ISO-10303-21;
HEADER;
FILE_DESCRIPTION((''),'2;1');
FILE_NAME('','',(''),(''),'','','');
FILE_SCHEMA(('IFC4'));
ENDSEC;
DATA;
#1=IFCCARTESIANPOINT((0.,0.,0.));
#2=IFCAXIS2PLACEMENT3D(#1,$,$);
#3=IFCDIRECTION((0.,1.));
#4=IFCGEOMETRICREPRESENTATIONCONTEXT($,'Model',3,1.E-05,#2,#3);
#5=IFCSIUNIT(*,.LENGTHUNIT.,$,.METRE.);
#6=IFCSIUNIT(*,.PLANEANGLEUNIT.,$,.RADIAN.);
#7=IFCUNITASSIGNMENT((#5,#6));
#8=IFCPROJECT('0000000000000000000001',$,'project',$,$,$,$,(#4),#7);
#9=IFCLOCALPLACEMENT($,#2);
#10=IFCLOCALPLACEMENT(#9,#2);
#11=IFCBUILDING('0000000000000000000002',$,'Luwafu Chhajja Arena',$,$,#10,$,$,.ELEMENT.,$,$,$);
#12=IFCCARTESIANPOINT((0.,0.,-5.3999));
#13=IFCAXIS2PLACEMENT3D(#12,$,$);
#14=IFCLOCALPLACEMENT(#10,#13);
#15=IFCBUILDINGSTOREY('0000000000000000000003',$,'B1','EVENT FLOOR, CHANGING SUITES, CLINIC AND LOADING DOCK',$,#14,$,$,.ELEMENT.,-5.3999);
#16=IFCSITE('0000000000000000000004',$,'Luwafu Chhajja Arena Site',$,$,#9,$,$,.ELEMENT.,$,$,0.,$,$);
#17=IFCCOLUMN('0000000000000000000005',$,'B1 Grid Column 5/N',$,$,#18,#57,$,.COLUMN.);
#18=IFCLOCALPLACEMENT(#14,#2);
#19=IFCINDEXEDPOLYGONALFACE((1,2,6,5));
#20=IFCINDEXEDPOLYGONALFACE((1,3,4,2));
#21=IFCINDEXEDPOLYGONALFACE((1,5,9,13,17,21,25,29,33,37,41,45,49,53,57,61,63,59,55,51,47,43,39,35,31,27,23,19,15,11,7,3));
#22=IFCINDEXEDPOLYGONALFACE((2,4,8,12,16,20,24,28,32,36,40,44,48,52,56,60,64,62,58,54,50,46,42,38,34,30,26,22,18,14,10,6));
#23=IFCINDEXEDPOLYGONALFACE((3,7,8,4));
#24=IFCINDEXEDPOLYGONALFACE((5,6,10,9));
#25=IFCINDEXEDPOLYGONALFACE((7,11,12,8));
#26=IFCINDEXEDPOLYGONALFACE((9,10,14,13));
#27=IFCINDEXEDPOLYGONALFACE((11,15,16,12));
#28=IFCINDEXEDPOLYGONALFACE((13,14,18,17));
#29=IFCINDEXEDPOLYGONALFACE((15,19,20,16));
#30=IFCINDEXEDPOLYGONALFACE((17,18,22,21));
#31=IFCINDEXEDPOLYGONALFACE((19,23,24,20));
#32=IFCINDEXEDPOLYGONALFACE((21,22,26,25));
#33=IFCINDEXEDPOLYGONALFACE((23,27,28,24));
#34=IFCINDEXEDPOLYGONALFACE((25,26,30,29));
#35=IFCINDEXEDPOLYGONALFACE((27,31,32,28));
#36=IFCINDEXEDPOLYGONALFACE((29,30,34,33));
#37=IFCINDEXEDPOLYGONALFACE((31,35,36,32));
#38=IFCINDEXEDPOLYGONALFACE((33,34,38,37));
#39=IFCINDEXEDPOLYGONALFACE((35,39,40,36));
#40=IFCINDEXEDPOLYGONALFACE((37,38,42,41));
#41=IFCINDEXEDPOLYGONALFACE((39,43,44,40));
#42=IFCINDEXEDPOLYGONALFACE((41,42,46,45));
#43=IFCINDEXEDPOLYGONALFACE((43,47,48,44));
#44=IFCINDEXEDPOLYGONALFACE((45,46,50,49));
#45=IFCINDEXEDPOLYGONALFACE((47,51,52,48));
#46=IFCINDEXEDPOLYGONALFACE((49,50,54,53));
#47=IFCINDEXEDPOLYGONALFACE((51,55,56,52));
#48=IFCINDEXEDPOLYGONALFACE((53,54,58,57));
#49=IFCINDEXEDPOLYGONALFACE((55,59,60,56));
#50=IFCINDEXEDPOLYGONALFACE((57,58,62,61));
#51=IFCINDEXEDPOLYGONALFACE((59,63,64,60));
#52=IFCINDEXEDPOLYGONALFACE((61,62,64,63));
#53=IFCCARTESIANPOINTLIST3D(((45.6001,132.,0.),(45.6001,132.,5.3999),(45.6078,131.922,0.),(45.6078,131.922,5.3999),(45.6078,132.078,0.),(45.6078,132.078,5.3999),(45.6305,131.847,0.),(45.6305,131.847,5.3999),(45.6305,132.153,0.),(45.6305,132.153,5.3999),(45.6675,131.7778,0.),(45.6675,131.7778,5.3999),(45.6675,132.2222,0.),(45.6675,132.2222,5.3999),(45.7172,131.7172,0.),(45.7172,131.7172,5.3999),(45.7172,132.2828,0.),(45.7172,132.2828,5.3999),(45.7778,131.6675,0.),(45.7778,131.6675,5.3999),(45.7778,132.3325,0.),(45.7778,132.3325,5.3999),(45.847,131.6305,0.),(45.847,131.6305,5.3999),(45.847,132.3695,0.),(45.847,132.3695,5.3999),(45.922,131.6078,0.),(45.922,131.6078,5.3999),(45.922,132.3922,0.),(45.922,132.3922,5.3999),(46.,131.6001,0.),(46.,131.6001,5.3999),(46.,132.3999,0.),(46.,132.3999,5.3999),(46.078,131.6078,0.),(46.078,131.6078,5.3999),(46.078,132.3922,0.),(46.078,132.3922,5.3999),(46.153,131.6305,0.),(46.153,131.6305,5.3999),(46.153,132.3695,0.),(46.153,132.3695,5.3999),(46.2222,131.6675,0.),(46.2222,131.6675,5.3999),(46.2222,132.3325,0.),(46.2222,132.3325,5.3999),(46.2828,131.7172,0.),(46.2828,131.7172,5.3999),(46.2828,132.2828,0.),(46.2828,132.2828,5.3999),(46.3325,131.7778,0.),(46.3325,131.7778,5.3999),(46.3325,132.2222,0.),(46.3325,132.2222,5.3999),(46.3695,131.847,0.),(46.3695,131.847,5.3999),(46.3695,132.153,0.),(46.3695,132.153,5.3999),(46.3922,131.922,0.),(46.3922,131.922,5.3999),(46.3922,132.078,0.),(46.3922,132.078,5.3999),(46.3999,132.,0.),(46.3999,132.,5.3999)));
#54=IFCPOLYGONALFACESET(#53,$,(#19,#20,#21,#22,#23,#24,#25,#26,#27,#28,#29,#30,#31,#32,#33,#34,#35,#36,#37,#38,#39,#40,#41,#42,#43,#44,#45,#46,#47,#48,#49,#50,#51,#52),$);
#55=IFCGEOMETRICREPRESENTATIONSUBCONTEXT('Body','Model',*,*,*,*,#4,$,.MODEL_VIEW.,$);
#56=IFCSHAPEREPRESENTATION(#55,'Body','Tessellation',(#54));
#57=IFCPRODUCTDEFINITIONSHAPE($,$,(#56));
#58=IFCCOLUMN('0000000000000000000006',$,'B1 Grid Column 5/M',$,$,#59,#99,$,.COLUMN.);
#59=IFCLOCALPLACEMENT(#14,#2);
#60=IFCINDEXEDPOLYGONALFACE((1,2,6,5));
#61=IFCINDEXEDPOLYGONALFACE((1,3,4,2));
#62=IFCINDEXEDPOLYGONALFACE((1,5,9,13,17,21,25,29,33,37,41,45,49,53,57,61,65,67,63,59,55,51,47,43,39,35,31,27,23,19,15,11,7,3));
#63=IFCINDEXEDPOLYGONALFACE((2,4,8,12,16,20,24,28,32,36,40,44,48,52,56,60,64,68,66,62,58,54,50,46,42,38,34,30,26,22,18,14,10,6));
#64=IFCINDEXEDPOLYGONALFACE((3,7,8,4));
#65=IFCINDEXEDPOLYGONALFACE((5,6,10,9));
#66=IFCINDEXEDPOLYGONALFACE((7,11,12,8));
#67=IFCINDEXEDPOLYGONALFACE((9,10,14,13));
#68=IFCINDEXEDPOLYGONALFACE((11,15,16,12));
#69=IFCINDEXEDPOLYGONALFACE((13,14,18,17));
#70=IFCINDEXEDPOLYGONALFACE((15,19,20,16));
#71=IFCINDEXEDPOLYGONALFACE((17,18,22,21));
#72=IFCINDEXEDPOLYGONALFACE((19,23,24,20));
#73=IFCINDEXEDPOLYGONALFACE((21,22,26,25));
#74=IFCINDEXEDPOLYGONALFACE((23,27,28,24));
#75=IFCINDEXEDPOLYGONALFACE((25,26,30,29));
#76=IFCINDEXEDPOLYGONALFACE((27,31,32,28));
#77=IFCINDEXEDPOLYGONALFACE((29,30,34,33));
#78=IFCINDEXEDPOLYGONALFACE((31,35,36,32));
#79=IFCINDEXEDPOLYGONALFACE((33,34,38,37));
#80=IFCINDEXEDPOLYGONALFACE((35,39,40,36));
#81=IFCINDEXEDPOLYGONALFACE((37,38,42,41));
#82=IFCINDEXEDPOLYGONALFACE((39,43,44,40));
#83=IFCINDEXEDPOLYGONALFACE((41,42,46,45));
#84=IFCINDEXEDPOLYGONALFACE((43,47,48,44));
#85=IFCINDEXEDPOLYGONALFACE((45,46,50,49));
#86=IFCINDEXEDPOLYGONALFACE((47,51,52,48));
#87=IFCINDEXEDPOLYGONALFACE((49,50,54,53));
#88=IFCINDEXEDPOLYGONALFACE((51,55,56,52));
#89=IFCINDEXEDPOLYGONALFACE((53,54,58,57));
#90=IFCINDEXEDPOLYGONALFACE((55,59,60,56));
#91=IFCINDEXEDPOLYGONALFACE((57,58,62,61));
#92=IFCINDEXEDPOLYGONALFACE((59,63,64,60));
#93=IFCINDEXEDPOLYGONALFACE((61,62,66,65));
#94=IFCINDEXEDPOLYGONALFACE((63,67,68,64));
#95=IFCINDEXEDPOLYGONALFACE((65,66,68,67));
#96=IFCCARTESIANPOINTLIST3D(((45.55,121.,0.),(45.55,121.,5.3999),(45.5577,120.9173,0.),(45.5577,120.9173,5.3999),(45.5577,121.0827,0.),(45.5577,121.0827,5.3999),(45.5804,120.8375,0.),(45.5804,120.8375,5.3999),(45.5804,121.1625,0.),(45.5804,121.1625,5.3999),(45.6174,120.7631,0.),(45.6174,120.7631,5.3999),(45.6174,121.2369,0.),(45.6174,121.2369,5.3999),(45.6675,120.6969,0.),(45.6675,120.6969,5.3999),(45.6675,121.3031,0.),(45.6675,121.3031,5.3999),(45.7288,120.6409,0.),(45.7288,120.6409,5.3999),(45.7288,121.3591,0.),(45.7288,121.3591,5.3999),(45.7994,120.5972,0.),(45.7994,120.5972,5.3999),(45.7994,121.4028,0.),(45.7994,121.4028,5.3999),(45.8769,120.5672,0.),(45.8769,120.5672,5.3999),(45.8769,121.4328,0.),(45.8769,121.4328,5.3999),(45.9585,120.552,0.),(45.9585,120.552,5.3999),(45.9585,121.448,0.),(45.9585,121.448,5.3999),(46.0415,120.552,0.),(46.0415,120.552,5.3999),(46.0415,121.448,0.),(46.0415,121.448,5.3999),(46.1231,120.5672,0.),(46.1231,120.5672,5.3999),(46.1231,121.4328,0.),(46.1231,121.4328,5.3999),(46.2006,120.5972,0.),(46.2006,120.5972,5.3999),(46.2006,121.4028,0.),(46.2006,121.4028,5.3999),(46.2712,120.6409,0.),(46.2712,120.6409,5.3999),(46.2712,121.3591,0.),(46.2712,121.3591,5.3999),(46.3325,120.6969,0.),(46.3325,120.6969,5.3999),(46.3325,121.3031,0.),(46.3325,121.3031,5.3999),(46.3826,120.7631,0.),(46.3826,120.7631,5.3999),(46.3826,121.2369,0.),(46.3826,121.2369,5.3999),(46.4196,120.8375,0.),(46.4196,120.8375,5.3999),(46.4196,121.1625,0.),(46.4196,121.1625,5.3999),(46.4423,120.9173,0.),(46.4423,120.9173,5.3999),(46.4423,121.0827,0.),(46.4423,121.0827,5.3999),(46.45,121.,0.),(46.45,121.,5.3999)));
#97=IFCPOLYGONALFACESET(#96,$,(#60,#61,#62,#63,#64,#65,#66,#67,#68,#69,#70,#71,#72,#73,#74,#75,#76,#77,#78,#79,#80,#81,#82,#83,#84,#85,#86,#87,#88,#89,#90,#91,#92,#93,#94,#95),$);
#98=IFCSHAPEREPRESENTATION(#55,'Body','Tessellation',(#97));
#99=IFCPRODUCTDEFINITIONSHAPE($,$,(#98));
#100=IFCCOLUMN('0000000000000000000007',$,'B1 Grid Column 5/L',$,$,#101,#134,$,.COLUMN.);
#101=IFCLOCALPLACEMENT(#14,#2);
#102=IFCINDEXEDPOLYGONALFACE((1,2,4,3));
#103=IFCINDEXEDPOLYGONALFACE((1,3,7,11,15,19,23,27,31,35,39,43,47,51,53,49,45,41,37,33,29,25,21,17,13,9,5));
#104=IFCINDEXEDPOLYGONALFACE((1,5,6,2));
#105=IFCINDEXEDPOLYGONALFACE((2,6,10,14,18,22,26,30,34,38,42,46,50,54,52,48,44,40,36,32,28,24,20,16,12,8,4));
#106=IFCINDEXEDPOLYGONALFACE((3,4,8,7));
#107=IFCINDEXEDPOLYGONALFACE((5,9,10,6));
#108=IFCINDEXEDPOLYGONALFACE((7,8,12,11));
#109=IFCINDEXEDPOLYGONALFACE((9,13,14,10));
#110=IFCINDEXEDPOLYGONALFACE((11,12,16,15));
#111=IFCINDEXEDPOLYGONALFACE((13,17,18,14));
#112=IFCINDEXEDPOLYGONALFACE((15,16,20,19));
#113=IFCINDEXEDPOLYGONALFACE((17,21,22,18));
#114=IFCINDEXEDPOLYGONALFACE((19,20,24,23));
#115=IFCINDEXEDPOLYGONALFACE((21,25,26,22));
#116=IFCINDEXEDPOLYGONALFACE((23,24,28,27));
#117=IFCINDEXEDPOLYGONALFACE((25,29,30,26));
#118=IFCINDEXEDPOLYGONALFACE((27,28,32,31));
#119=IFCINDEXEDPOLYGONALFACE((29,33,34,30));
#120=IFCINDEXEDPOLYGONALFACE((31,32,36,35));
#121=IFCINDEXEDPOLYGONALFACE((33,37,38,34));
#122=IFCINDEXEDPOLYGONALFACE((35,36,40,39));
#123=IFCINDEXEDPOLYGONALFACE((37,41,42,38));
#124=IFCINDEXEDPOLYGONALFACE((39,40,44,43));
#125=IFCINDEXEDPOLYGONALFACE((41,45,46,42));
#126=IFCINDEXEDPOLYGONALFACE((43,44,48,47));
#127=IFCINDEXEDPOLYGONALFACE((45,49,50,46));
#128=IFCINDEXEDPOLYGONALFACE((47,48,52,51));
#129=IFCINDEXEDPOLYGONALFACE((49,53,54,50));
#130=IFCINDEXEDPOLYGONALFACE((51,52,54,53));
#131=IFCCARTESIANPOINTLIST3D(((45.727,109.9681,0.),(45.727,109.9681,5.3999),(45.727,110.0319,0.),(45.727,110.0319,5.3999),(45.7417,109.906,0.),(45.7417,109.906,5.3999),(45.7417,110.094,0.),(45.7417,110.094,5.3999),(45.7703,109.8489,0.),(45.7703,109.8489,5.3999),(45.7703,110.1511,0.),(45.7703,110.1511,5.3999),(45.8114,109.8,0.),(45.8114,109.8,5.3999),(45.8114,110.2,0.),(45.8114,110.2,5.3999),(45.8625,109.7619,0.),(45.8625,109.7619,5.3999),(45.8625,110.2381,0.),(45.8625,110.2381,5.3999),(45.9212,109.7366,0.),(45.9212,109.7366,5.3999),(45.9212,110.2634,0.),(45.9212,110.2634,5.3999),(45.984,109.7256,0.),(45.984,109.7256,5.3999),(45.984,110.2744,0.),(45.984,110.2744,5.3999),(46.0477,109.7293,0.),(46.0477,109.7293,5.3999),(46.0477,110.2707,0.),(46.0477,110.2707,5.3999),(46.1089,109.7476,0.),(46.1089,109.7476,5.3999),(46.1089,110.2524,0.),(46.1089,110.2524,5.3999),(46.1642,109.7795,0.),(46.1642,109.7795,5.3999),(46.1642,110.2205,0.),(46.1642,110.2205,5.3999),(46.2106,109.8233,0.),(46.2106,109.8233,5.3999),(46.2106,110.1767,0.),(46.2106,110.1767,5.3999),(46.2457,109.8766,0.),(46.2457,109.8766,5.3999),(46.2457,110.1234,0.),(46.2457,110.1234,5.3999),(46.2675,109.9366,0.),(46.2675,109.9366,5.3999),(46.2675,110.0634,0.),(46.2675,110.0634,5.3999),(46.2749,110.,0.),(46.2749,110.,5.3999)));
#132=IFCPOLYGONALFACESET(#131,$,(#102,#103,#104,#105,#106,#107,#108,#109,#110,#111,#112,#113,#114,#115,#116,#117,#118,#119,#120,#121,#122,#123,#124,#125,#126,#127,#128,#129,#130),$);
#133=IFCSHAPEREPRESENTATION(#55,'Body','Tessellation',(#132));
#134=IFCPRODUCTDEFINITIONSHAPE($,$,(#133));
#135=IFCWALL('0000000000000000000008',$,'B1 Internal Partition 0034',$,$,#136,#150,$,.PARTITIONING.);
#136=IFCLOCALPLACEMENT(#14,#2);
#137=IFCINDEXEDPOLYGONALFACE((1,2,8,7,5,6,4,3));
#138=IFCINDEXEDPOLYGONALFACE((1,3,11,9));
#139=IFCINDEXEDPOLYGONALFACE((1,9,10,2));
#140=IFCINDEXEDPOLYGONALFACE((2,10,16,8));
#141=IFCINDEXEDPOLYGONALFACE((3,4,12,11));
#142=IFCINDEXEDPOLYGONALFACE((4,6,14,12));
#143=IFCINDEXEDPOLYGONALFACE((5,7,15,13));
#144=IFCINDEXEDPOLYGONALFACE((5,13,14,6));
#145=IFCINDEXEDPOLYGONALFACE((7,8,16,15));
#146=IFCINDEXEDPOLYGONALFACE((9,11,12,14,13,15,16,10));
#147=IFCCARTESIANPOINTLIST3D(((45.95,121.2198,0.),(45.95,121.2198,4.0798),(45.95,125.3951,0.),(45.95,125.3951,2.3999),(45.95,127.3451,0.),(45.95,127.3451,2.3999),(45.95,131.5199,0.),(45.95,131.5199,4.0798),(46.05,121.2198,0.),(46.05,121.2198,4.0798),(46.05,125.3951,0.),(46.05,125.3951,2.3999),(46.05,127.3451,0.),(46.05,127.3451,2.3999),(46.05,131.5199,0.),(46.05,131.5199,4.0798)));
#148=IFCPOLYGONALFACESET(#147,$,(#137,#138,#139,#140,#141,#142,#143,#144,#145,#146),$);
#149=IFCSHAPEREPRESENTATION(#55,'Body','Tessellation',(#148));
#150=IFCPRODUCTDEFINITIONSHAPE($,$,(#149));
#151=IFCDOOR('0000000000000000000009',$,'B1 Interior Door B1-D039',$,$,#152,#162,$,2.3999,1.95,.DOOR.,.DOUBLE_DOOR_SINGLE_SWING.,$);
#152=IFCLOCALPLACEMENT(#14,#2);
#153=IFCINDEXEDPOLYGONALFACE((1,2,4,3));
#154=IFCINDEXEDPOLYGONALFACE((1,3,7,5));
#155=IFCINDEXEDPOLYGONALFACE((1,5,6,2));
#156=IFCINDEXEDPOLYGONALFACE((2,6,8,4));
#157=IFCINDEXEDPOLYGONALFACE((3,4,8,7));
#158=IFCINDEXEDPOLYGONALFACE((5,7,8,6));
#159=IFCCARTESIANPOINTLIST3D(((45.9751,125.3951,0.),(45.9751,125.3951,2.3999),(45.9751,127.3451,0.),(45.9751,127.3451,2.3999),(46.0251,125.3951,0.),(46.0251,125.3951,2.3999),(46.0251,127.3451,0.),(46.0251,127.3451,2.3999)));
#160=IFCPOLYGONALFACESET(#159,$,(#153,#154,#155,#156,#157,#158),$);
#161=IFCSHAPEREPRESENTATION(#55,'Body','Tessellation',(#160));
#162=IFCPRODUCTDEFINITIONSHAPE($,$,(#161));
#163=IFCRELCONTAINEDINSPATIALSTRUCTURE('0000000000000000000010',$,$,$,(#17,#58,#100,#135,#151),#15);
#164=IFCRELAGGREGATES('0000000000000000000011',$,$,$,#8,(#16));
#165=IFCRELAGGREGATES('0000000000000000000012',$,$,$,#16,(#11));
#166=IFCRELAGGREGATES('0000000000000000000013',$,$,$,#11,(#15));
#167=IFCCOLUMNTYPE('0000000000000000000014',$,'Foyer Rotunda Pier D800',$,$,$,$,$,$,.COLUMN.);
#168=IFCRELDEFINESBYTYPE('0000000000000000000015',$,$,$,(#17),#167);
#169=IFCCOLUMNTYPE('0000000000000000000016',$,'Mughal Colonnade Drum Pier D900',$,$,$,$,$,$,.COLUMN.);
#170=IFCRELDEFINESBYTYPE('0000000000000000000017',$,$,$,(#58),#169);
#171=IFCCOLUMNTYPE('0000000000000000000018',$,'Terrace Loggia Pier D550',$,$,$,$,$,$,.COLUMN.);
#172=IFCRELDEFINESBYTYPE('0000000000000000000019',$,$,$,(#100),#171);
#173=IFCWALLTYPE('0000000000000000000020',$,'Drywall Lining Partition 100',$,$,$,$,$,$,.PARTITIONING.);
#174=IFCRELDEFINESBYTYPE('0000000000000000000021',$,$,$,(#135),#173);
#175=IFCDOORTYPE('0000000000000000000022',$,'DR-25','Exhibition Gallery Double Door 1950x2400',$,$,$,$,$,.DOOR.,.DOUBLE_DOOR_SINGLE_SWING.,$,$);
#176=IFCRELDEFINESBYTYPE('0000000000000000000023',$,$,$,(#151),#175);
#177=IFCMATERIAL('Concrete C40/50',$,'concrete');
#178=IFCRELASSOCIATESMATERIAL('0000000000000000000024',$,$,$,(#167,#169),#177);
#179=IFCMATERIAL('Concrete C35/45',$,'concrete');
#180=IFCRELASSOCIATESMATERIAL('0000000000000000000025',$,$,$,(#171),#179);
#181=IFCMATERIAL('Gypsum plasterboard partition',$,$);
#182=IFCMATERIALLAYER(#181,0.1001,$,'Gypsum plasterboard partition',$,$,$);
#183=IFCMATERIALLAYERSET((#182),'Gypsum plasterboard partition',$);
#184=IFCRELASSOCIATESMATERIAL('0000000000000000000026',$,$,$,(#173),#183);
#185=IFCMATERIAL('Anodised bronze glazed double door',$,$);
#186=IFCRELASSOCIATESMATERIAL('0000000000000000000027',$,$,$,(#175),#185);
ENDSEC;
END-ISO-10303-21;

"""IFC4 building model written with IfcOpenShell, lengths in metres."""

from ifc_helpers import new_model, si_unit, direction, frame, frame_2d, origin, origin_2d, place, context, subcontext, project, spatial, rectangle, circle, extrude, material, layer, layer_set, material_profile, profile_set, type_object, element, fill, save


model = new_model("IFC4")

# Units and contexts
model_context = context("Model", 3, precision=1e-05, world=origin(), true_north=direction((0.0, 1.0)))
body_context = subcontext(model_context, "Body", "Model", "MODEL_VIEW")
ifc_project = project(units=[si_unit("LENGTHUNIT", "METRE"), si_unit("PLANEANGLEUNIT", "RADIAN")], contexts=[model_context])

# Site, building, storey
site_placement = place(None, origin())
site = spatial("IfcSite", under=ifc_project, at=site_placement, Name="Luwafu Chhajja Arena Site", CompositionType="ELEMENT", RefElevation=0.0)
building_placement = place(site_placement, origin())
building = spatial("IfcBuilding", under=site, at=building_placement, Name="Luwafu Chhajja Arena", CompositionType="ELEMENT")
storey_placement = place(building_placement, frame((0.0, 0.0, -5.3999)))
storey = spatial("IfcBuildingStorey", under=building, at=storey_placement, Name="B1", Description="EVENT FLOOR, CHANGING SUITES, CLINIC AND LOADING DOCK", CompositionType="ELEMENT", Elevation=-5.3999)

# Shared definitions
ifc_material_1 = material(Name="Concrete C35/45", Category="concrete")

# Columns
ifc_material_2 = material(Name="Concrete C40/50", Category="concrete")
ifc_material_profile_1 = material_profile(ifc_material_2, circle(Radius=0.3999, at=origin_2d()), Name="RC COL D800")
ifc_profile_set_1 = profile_set([ifc_material_profile_1], Name="Concrete C40/50")
column_type_1 = type_object("IfcColumnType", Name="Foyer Rotunda Pier D800", PredefinedType="COLUMN", material=ifc_profile_set_1)
column_1_placement = place(storey_placement, frame((46.0, 132.0, 0.0), z_axis=(0.0, 0.0, 1.0), x_axis=(1.0, 0.0, 0.0)))
element("IfcColumn", 1, at=column_1_placement, inside=storey, type_object=column_type_1, Name="B1 Grid Column 5/N", PredefinedType="COLUMN", context=body_context, shape_type="SweptSolid", body=[
    extrude(circle(Radius=0.3999, at=origin_2d()), origin(), (0.0, 0.0, 1.0), 5.3999),
])
ifc_material_profile_2 = material_profile(ifc_material_2, circle(Radius=0.45, at=origin_2d()), Name="RC COL D900")
ifc_profile_set_2 = profile_set([ifc_material_profile_2], Name="Concrete C40/50")
column_type_2 = type_object("IfcColumnType", Name="Mughal Colonnade Drum Pier D900", PredefinedType="COLUMN", material=ifc_profile_set_2)
column_2_placement = place(storey_placement, frame((46.0, 121.0, 0.0), z_axis=(0.0, 0.0, 1.0), x_axis=(1.0, 0.0, 0.0)))
element("IfcColumn", 2, at=column_2_placement, inside=storey, type_object=column_type_2, Name="B1 Grid Column 5/M", PredefinedType="COLUMN", context=body_context, shape_type="SweptSolid", body=[
    extrude(circle(Radius=0.45, at=origin_2d()), origin(), (0.0, 0.0, 1.0), 5.3999),
])
ifc_material_profile_3 = material_profile(ifc_material_1, circle(Radius=0.2749, at=origin_2d()), Name="RC COL D550")
ifc_profile_set_3 = profile_set([ifc_material_profile_3], Name="Concrete C35/45")
column_type_3 = type_object("IfcColumnType", Name="Terrace Loggia Pier D550", PredefinedType="COLUMN", material=ifc_profile_set_3)
column_3_placement = place(storey_placement, frame((46.0, 110.0, 0.0), z_axis=(0.0, 0.0, 1.0), x_axis=(1.0, 0.0, 0.0)))
element("IfcColumn", 3, at=column_3_placement, inside=storey, type_object=column_type_3, Name="B1 Grid Column 5/L", PredefinedType="COLUMN", context=body_context, shape_type="SweptSolid", body=[
    extrude(circle(Radius=0.2749, at=origin_2d()), origin(), (0.0, 0.0, 1.0), 5.3999),
])

# Wall, opening, door
ifc_material_3 = material(Name="Gypsum plasterboard partition")
ifc_layer_1 = layer(ifc_material_3, 0.1001, Name="Gypsum plasterboard partition")
ifc_layer_set_1 = layer_set([ifc_layer_1], Name="Gypsum plasterboard partition")
wall_type_1 = type_object("IfcWallType", Name="Drywall Lining Partition 100", PredefinedType="PARTITIONING", material=ifc_layer_set_1)
wall_1_placement = place(storey_placement, frame((46.0, 121.22, 0.0), z_axis=(0.0, 0.0, 1.0), x_axis=(0.0, 1.0, 0.0)))
wall_1 = element("IfcWall", 4, at=wall_1_placement, inside=storey, type_object=wall_type_1, Name="B1 Internal Partition 0034", PredefinedType="PARTITIONING", context=body_context, shape_type="SweptSolid", body=[
    extrude(rectangle(XDim=10.3, YDim=0.1001, at=frame_2d((5.1499, 0.0))), origin(), (0.0, 0.0, 1.0), 4.0798),
])
opening_1_placement = place(wall_1_placement, frame((4.175, 0.0, 0.0)))
opening_1 = element("IfcOpeningElement", 5, at=opening_1_placement, cuts=wall_1, PredefinedType="OPENING", context=body_context, shape_type="SweptSolid", body=[
    extrude(rectangle(XDim=1.95, YDim=2.3999, at=frame_2d((0.9751, 1.2))), frame((0.0, 0.0601, 0.0), z_axis=(0.0, -1.0, 0.0), x_axis=(1.0, 0.0, 0.0)), (0.0, 0.0, 1.0), 0.1201),
])
ifc_material_4 = material(Name="Anodised bronze glazed double door")
door_type_1 = type_object("IfcDoorType", Name="DR-25", Description="Exhibition Gallery Double Door 1950x2400", OperationType="DOUBLE_DOOR_SINGLE_SWING", PredefinedType="DOOR", material=ifc_material_4)
door_1_placement = place(opening_1_placement, origin())
door_1 = element("IfcDoor", 6, at=door_1_placement, inside=storey, type_object=door_type_1, Name="B1 Interior Door B1-D039", OperationType="DOUBLE_DOOR_SINGLE_SWING", OverallHeight=2.3999, OverallWidth=1.95, PredefinedType="DOOR", context=body_context, shape_type="SweptSolid", body=[
    extrude(rectangle(XDim=1.95, YDim=2.3999, at=frame_2d((0.9751, 1.2))), frame((0.0, 0.0249, 0.0), z_axis=(0.0, -1.0, 0.0), x_axis=(1.0, 0.0, 0.0)), (0.0, 0.0, 1.0), 0.05),
])
fill(opening_1, door_1)

save(model, "model.ifc")
